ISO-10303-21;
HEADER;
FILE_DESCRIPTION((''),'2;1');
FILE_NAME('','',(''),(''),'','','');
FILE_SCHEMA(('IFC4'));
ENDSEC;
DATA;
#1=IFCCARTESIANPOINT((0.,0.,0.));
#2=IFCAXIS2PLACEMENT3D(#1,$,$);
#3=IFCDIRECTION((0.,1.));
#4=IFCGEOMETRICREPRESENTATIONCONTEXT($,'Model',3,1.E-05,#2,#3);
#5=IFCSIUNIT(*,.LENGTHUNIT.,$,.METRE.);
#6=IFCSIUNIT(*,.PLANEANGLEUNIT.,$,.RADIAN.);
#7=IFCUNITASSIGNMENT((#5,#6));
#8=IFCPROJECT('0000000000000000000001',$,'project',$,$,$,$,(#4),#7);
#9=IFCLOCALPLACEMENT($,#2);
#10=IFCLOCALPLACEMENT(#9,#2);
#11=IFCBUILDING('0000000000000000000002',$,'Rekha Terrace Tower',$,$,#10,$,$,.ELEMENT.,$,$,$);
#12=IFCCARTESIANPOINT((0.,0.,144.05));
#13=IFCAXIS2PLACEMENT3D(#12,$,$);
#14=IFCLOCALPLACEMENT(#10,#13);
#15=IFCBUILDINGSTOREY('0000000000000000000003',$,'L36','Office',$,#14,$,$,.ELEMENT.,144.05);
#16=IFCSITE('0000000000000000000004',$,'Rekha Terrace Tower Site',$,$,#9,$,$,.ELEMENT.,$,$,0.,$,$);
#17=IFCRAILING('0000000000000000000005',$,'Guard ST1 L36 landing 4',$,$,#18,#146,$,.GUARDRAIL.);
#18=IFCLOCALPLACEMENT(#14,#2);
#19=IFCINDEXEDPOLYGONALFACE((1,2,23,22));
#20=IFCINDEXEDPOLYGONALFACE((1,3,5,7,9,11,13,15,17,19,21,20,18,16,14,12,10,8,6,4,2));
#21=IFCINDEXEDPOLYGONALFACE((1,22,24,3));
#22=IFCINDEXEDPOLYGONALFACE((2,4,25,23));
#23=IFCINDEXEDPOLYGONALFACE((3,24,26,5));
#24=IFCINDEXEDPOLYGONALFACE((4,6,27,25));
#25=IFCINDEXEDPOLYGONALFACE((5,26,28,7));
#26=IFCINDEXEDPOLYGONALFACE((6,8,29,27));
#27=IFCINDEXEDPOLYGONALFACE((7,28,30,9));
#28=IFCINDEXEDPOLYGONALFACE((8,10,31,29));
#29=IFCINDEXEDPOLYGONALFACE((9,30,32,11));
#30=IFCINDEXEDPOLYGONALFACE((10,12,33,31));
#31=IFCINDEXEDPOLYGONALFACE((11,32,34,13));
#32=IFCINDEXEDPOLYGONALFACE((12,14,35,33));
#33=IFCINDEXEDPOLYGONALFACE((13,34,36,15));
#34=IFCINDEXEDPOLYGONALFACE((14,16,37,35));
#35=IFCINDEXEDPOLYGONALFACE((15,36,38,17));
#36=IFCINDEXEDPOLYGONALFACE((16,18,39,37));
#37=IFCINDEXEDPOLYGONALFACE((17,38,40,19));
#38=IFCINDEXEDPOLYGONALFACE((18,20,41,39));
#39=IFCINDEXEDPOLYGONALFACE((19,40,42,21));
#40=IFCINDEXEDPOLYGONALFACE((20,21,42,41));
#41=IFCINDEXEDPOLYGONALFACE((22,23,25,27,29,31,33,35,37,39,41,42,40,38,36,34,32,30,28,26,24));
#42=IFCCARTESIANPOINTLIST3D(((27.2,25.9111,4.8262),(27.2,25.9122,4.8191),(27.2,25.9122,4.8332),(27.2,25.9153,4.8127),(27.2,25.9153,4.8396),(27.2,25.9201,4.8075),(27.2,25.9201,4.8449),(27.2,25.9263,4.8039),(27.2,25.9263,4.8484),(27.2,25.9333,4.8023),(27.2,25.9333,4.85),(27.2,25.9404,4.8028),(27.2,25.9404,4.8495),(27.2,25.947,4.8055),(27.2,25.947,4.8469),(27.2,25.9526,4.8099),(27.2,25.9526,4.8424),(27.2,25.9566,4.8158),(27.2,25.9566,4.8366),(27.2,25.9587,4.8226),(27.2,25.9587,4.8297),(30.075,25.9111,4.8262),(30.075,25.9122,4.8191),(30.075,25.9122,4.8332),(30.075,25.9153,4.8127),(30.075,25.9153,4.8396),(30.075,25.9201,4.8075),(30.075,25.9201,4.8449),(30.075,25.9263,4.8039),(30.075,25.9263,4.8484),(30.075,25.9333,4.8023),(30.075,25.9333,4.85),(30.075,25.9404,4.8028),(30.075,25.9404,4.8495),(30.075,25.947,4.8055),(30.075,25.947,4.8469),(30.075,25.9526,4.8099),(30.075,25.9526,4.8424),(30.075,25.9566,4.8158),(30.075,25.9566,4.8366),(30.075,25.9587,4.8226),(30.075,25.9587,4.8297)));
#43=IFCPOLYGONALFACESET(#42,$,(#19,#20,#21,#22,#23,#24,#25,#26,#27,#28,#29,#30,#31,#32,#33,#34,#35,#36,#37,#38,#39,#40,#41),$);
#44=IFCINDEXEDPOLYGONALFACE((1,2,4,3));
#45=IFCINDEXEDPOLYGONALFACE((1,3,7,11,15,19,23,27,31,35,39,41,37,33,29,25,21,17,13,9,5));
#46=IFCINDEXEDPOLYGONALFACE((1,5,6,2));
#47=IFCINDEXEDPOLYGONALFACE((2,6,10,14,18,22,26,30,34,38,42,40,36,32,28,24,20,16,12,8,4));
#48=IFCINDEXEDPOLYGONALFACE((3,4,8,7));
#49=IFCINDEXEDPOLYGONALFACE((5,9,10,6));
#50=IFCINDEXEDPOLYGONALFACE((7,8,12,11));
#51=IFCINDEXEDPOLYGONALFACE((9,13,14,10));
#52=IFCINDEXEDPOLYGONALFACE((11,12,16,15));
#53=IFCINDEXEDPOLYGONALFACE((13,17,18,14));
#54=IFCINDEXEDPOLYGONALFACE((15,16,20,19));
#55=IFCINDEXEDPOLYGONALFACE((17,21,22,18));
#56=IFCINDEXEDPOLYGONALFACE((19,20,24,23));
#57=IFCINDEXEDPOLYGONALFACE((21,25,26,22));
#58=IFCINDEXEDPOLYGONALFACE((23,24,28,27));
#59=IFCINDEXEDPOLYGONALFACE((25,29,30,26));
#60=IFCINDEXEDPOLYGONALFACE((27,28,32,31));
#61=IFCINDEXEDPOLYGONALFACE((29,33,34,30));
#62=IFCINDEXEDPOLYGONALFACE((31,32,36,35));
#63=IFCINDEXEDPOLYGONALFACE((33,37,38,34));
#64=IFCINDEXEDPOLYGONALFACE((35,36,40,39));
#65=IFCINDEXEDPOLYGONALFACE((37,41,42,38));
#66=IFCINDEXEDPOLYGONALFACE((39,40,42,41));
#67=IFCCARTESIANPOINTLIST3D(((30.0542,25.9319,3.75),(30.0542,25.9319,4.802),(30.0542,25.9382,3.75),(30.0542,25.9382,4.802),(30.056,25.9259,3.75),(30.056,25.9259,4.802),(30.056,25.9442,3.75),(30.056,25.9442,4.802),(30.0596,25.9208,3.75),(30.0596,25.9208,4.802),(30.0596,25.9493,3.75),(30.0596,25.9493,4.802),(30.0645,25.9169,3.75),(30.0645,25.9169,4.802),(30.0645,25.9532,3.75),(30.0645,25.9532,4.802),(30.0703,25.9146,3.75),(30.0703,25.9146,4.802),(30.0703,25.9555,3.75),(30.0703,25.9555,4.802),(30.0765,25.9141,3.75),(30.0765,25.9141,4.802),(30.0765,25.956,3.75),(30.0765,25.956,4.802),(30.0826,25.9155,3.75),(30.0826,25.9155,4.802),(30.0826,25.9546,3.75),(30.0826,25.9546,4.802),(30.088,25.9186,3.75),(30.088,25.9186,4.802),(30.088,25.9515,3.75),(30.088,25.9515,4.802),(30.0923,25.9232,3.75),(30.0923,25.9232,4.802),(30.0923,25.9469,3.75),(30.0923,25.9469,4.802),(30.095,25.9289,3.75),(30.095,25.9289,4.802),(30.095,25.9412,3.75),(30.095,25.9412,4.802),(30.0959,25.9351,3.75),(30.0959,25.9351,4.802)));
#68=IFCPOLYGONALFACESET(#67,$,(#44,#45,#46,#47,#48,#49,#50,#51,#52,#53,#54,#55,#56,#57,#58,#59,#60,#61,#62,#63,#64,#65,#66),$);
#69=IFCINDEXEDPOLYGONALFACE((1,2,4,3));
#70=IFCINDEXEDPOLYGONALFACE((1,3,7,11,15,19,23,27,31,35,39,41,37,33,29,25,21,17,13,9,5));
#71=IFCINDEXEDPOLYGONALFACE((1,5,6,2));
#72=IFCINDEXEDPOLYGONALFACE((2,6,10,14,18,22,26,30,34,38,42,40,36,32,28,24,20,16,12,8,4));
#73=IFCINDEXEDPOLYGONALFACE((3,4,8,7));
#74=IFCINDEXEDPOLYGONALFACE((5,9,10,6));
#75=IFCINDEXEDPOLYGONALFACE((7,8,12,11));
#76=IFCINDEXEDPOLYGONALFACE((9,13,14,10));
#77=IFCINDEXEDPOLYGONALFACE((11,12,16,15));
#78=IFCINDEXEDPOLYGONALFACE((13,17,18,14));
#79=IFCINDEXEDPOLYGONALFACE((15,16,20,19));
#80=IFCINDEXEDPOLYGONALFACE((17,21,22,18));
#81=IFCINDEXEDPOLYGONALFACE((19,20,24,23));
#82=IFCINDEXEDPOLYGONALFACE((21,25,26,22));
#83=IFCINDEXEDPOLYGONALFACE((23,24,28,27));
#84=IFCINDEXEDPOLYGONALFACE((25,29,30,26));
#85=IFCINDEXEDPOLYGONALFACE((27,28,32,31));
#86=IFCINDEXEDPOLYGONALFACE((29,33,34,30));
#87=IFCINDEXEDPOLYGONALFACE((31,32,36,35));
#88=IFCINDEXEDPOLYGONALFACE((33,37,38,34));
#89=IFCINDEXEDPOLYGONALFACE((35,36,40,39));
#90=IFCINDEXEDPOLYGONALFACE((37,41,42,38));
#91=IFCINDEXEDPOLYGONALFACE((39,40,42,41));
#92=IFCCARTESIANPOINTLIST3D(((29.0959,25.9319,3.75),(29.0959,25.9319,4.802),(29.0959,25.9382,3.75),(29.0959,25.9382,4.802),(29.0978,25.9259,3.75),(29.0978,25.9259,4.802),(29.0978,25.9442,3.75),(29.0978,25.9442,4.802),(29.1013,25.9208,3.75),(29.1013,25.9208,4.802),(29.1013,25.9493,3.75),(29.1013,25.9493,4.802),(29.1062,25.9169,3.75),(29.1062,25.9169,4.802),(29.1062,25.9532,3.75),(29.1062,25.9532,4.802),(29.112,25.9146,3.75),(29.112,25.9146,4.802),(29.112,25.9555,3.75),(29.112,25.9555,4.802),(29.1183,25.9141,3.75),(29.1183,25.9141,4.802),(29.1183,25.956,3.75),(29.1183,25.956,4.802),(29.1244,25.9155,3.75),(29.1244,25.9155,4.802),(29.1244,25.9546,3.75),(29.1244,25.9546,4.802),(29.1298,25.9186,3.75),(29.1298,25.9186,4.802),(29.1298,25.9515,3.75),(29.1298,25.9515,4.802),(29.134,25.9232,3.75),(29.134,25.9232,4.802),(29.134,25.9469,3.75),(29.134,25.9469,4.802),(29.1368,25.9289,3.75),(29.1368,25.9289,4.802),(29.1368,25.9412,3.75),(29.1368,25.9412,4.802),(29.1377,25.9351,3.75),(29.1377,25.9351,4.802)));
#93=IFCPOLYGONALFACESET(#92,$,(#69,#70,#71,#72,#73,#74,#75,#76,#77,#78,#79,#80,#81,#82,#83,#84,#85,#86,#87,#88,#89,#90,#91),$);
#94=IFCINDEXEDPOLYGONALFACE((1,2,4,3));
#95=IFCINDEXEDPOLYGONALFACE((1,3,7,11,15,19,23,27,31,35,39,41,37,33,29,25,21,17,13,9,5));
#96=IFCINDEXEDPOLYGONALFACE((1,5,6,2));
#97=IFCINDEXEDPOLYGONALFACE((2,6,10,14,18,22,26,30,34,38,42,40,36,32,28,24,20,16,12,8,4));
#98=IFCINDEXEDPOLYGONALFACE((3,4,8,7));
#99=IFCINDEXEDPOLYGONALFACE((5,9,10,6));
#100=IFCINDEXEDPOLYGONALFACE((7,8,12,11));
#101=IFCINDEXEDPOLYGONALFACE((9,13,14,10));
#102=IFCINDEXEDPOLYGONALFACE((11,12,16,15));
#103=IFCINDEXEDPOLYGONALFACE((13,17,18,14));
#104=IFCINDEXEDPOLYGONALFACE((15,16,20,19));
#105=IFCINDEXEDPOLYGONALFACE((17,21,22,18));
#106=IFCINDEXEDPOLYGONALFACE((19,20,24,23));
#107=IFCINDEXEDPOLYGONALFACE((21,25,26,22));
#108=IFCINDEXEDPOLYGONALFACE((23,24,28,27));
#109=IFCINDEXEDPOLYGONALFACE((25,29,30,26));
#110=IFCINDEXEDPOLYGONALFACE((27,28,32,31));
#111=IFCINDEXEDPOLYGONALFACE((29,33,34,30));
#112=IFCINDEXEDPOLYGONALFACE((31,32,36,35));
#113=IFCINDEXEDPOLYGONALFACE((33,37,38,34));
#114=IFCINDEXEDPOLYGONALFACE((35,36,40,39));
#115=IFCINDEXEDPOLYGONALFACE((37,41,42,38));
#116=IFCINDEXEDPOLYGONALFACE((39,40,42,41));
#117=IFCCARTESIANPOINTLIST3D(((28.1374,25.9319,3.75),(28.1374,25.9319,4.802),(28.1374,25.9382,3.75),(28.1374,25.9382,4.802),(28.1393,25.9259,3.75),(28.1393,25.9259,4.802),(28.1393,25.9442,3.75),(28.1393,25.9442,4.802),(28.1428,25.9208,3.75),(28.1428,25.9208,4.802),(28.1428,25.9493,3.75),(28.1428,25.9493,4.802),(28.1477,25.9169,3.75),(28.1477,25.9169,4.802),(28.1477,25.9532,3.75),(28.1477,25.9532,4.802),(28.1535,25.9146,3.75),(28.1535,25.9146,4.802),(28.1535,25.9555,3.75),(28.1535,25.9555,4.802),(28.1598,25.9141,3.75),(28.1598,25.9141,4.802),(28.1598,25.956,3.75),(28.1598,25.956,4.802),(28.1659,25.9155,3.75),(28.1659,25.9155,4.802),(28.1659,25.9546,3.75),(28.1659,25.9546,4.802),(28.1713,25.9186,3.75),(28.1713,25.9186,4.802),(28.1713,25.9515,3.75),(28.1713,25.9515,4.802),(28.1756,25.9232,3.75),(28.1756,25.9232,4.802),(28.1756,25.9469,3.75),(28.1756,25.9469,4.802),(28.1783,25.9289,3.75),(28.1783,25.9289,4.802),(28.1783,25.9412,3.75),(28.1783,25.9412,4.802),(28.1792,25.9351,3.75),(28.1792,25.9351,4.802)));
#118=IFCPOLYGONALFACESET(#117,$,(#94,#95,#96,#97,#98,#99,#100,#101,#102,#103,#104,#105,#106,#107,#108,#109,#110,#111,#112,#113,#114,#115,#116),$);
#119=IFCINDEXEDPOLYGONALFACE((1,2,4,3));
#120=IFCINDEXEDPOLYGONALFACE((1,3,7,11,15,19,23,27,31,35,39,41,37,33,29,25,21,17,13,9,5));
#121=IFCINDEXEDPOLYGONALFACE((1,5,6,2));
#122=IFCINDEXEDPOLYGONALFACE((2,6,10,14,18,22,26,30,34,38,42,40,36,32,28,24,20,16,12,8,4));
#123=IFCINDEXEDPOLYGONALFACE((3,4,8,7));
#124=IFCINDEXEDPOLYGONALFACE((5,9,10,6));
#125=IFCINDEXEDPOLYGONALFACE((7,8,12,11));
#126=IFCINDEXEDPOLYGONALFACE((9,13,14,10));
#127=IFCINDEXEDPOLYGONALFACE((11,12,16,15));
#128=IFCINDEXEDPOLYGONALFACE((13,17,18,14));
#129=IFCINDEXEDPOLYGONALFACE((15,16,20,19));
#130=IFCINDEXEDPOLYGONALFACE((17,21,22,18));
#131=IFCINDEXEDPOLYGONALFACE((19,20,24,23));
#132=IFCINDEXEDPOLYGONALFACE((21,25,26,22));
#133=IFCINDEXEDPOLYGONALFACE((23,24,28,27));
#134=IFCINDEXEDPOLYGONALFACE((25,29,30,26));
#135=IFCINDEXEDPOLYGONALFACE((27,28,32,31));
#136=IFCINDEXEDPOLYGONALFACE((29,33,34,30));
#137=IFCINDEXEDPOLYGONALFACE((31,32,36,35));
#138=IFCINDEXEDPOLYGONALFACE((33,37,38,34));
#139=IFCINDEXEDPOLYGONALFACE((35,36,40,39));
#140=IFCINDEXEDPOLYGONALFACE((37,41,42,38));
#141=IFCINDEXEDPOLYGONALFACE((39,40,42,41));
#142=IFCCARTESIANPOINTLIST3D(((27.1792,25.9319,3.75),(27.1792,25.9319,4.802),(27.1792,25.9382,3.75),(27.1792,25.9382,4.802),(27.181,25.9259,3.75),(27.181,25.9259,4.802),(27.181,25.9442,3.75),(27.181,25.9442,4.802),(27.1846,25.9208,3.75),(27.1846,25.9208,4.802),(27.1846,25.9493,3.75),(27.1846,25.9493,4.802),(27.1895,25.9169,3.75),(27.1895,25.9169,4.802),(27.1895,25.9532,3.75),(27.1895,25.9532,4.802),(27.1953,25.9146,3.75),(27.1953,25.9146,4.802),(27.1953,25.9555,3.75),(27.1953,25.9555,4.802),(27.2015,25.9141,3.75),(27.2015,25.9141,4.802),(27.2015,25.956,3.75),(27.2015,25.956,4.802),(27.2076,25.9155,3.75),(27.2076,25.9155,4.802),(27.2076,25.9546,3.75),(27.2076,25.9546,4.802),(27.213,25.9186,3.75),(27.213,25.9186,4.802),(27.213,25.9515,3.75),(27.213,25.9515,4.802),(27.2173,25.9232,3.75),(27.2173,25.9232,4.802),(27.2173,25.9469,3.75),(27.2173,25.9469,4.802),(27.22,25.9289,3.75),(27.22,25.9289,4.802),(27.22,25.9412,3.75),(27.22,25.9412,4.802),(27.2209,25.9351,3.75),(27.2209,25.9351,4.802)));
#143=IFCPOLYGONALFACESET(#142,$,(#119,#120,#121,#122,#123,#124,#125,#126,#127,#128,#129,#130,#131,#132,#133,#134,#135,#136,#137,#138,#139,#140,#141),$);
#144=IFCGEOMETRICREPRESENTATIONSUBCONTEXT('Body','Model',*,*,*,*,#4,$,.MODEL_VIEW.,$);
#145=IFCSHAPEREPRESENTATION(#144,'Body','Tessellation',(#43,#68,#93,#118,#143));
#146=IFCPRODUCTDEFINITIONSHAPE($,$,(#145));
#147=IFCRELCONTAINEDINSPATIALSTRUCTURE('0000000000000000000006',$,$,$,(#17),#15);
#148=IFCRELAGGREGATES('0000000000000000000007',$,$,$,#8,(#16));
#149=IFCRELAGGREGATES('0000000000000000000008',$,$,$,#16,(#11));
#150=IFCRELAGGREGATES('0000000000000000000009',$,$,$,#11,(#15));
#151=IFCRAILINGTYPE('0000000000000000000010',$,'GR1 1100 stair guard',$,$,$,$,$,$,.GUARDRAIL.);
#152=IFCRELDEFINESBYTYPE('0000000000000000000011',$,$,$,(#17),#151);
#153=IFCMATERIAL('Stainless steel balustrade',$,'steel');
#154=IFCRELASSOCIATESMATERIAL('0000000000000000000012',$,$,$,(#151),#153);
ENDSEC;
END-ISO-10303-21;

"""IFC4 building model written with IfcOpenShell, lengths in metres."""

from ifc_helpers import new_model, si_unit, direction, frame, origin, origin_2d, place, context, subcontext, project, spatial, circle, extrude, material, type_object, element, save


model = new_model("IFC4")

# Units and contexts
model_context = context("Model", 3, precision=1e-05, world=origin(), true_north=direction((0.0, 1.0)))
body_context = subcontext(model_context, "Body", "Model", "MODEL_VIEW")
ifc_project = project(units=[si_unit("LENGTHUNIT", "METRE"), si_unit("PLANEANGLEUNIT", "RADIAN")], contexts=[model_context])

# Site, building, storey
site_placement = place(None, origin())
site = spatial("IfcSite", under=ifc_project, at=site_placement, Name="Rekha Terrace Tower Site", CompositionType="ELEMENT", RefElevation=0.0)
building_placement = place(site_placement, origin())
building = spatial("IfcBuilding", under=site, at=building_placement, Name="Rekha Terrace Tower", CompositionType="ELEMENT")
storey_placement = place(building_placement, frame((0.0, 0.0, 144.05)))
storey = spatial("IfcBuildingStorey", under=building, at=storey_placement, Name="L36", Description="Office", CompositionType="ELEMENT", Elevation=144.05)

# Railing
ifc_material_1 = material(Name="Stainless steel balustrade", Category="steel")
railing_type_1 = type_object("IfcRailingType", Name="GR1 1100 stair guard", PredefinedType="GUARDRAIL", material=ifc_material_1)
railing_1_placement = place(storey_placement, frame((30.075, 25.9351, 3.75)))
element("IfcRailing", 1, at=railing_1_placement, inside=storey, type_object=railing_type_1, Name="Guard ST1 L36 landing 4", PredefinedType="GUARDRAIL", context=body_context, shape_type="SweptSolid", body=[
    extrude(circle(Radius=0.0239, at=origin_2d()), frame((0.0, 0.0, 1.0762), z_axis=(-1.0, 0.0, 0.0), x_axis=(0.0, -1.0, 0.0)), (0.0, 0.0, 1.0), 2.875),
    extrude(circle(Radius=0.021, at=origin_2d()), origin(), (0.0, 0.0, 1.0), 1.052),
    extrude(circle(Radius=0.021, at=origin_2d()), frame((-0.9583, 0.0, 0.0)), (0.0, 0.0, 1.0), 1.052),
    extrude(circle(Radius=0.021, at=origin_2d()), frame((-1.9167, 0.0, 0.0)), (0.0, 0.0, 1.0), 1.052),
    extrude(circle(Radius=0.021, at=origin_2d()), frame((-2.875, 0.0, 0.0)), (0.0, 0.0, 1.0), 1.052),
])

save(model, "model.ifc")
